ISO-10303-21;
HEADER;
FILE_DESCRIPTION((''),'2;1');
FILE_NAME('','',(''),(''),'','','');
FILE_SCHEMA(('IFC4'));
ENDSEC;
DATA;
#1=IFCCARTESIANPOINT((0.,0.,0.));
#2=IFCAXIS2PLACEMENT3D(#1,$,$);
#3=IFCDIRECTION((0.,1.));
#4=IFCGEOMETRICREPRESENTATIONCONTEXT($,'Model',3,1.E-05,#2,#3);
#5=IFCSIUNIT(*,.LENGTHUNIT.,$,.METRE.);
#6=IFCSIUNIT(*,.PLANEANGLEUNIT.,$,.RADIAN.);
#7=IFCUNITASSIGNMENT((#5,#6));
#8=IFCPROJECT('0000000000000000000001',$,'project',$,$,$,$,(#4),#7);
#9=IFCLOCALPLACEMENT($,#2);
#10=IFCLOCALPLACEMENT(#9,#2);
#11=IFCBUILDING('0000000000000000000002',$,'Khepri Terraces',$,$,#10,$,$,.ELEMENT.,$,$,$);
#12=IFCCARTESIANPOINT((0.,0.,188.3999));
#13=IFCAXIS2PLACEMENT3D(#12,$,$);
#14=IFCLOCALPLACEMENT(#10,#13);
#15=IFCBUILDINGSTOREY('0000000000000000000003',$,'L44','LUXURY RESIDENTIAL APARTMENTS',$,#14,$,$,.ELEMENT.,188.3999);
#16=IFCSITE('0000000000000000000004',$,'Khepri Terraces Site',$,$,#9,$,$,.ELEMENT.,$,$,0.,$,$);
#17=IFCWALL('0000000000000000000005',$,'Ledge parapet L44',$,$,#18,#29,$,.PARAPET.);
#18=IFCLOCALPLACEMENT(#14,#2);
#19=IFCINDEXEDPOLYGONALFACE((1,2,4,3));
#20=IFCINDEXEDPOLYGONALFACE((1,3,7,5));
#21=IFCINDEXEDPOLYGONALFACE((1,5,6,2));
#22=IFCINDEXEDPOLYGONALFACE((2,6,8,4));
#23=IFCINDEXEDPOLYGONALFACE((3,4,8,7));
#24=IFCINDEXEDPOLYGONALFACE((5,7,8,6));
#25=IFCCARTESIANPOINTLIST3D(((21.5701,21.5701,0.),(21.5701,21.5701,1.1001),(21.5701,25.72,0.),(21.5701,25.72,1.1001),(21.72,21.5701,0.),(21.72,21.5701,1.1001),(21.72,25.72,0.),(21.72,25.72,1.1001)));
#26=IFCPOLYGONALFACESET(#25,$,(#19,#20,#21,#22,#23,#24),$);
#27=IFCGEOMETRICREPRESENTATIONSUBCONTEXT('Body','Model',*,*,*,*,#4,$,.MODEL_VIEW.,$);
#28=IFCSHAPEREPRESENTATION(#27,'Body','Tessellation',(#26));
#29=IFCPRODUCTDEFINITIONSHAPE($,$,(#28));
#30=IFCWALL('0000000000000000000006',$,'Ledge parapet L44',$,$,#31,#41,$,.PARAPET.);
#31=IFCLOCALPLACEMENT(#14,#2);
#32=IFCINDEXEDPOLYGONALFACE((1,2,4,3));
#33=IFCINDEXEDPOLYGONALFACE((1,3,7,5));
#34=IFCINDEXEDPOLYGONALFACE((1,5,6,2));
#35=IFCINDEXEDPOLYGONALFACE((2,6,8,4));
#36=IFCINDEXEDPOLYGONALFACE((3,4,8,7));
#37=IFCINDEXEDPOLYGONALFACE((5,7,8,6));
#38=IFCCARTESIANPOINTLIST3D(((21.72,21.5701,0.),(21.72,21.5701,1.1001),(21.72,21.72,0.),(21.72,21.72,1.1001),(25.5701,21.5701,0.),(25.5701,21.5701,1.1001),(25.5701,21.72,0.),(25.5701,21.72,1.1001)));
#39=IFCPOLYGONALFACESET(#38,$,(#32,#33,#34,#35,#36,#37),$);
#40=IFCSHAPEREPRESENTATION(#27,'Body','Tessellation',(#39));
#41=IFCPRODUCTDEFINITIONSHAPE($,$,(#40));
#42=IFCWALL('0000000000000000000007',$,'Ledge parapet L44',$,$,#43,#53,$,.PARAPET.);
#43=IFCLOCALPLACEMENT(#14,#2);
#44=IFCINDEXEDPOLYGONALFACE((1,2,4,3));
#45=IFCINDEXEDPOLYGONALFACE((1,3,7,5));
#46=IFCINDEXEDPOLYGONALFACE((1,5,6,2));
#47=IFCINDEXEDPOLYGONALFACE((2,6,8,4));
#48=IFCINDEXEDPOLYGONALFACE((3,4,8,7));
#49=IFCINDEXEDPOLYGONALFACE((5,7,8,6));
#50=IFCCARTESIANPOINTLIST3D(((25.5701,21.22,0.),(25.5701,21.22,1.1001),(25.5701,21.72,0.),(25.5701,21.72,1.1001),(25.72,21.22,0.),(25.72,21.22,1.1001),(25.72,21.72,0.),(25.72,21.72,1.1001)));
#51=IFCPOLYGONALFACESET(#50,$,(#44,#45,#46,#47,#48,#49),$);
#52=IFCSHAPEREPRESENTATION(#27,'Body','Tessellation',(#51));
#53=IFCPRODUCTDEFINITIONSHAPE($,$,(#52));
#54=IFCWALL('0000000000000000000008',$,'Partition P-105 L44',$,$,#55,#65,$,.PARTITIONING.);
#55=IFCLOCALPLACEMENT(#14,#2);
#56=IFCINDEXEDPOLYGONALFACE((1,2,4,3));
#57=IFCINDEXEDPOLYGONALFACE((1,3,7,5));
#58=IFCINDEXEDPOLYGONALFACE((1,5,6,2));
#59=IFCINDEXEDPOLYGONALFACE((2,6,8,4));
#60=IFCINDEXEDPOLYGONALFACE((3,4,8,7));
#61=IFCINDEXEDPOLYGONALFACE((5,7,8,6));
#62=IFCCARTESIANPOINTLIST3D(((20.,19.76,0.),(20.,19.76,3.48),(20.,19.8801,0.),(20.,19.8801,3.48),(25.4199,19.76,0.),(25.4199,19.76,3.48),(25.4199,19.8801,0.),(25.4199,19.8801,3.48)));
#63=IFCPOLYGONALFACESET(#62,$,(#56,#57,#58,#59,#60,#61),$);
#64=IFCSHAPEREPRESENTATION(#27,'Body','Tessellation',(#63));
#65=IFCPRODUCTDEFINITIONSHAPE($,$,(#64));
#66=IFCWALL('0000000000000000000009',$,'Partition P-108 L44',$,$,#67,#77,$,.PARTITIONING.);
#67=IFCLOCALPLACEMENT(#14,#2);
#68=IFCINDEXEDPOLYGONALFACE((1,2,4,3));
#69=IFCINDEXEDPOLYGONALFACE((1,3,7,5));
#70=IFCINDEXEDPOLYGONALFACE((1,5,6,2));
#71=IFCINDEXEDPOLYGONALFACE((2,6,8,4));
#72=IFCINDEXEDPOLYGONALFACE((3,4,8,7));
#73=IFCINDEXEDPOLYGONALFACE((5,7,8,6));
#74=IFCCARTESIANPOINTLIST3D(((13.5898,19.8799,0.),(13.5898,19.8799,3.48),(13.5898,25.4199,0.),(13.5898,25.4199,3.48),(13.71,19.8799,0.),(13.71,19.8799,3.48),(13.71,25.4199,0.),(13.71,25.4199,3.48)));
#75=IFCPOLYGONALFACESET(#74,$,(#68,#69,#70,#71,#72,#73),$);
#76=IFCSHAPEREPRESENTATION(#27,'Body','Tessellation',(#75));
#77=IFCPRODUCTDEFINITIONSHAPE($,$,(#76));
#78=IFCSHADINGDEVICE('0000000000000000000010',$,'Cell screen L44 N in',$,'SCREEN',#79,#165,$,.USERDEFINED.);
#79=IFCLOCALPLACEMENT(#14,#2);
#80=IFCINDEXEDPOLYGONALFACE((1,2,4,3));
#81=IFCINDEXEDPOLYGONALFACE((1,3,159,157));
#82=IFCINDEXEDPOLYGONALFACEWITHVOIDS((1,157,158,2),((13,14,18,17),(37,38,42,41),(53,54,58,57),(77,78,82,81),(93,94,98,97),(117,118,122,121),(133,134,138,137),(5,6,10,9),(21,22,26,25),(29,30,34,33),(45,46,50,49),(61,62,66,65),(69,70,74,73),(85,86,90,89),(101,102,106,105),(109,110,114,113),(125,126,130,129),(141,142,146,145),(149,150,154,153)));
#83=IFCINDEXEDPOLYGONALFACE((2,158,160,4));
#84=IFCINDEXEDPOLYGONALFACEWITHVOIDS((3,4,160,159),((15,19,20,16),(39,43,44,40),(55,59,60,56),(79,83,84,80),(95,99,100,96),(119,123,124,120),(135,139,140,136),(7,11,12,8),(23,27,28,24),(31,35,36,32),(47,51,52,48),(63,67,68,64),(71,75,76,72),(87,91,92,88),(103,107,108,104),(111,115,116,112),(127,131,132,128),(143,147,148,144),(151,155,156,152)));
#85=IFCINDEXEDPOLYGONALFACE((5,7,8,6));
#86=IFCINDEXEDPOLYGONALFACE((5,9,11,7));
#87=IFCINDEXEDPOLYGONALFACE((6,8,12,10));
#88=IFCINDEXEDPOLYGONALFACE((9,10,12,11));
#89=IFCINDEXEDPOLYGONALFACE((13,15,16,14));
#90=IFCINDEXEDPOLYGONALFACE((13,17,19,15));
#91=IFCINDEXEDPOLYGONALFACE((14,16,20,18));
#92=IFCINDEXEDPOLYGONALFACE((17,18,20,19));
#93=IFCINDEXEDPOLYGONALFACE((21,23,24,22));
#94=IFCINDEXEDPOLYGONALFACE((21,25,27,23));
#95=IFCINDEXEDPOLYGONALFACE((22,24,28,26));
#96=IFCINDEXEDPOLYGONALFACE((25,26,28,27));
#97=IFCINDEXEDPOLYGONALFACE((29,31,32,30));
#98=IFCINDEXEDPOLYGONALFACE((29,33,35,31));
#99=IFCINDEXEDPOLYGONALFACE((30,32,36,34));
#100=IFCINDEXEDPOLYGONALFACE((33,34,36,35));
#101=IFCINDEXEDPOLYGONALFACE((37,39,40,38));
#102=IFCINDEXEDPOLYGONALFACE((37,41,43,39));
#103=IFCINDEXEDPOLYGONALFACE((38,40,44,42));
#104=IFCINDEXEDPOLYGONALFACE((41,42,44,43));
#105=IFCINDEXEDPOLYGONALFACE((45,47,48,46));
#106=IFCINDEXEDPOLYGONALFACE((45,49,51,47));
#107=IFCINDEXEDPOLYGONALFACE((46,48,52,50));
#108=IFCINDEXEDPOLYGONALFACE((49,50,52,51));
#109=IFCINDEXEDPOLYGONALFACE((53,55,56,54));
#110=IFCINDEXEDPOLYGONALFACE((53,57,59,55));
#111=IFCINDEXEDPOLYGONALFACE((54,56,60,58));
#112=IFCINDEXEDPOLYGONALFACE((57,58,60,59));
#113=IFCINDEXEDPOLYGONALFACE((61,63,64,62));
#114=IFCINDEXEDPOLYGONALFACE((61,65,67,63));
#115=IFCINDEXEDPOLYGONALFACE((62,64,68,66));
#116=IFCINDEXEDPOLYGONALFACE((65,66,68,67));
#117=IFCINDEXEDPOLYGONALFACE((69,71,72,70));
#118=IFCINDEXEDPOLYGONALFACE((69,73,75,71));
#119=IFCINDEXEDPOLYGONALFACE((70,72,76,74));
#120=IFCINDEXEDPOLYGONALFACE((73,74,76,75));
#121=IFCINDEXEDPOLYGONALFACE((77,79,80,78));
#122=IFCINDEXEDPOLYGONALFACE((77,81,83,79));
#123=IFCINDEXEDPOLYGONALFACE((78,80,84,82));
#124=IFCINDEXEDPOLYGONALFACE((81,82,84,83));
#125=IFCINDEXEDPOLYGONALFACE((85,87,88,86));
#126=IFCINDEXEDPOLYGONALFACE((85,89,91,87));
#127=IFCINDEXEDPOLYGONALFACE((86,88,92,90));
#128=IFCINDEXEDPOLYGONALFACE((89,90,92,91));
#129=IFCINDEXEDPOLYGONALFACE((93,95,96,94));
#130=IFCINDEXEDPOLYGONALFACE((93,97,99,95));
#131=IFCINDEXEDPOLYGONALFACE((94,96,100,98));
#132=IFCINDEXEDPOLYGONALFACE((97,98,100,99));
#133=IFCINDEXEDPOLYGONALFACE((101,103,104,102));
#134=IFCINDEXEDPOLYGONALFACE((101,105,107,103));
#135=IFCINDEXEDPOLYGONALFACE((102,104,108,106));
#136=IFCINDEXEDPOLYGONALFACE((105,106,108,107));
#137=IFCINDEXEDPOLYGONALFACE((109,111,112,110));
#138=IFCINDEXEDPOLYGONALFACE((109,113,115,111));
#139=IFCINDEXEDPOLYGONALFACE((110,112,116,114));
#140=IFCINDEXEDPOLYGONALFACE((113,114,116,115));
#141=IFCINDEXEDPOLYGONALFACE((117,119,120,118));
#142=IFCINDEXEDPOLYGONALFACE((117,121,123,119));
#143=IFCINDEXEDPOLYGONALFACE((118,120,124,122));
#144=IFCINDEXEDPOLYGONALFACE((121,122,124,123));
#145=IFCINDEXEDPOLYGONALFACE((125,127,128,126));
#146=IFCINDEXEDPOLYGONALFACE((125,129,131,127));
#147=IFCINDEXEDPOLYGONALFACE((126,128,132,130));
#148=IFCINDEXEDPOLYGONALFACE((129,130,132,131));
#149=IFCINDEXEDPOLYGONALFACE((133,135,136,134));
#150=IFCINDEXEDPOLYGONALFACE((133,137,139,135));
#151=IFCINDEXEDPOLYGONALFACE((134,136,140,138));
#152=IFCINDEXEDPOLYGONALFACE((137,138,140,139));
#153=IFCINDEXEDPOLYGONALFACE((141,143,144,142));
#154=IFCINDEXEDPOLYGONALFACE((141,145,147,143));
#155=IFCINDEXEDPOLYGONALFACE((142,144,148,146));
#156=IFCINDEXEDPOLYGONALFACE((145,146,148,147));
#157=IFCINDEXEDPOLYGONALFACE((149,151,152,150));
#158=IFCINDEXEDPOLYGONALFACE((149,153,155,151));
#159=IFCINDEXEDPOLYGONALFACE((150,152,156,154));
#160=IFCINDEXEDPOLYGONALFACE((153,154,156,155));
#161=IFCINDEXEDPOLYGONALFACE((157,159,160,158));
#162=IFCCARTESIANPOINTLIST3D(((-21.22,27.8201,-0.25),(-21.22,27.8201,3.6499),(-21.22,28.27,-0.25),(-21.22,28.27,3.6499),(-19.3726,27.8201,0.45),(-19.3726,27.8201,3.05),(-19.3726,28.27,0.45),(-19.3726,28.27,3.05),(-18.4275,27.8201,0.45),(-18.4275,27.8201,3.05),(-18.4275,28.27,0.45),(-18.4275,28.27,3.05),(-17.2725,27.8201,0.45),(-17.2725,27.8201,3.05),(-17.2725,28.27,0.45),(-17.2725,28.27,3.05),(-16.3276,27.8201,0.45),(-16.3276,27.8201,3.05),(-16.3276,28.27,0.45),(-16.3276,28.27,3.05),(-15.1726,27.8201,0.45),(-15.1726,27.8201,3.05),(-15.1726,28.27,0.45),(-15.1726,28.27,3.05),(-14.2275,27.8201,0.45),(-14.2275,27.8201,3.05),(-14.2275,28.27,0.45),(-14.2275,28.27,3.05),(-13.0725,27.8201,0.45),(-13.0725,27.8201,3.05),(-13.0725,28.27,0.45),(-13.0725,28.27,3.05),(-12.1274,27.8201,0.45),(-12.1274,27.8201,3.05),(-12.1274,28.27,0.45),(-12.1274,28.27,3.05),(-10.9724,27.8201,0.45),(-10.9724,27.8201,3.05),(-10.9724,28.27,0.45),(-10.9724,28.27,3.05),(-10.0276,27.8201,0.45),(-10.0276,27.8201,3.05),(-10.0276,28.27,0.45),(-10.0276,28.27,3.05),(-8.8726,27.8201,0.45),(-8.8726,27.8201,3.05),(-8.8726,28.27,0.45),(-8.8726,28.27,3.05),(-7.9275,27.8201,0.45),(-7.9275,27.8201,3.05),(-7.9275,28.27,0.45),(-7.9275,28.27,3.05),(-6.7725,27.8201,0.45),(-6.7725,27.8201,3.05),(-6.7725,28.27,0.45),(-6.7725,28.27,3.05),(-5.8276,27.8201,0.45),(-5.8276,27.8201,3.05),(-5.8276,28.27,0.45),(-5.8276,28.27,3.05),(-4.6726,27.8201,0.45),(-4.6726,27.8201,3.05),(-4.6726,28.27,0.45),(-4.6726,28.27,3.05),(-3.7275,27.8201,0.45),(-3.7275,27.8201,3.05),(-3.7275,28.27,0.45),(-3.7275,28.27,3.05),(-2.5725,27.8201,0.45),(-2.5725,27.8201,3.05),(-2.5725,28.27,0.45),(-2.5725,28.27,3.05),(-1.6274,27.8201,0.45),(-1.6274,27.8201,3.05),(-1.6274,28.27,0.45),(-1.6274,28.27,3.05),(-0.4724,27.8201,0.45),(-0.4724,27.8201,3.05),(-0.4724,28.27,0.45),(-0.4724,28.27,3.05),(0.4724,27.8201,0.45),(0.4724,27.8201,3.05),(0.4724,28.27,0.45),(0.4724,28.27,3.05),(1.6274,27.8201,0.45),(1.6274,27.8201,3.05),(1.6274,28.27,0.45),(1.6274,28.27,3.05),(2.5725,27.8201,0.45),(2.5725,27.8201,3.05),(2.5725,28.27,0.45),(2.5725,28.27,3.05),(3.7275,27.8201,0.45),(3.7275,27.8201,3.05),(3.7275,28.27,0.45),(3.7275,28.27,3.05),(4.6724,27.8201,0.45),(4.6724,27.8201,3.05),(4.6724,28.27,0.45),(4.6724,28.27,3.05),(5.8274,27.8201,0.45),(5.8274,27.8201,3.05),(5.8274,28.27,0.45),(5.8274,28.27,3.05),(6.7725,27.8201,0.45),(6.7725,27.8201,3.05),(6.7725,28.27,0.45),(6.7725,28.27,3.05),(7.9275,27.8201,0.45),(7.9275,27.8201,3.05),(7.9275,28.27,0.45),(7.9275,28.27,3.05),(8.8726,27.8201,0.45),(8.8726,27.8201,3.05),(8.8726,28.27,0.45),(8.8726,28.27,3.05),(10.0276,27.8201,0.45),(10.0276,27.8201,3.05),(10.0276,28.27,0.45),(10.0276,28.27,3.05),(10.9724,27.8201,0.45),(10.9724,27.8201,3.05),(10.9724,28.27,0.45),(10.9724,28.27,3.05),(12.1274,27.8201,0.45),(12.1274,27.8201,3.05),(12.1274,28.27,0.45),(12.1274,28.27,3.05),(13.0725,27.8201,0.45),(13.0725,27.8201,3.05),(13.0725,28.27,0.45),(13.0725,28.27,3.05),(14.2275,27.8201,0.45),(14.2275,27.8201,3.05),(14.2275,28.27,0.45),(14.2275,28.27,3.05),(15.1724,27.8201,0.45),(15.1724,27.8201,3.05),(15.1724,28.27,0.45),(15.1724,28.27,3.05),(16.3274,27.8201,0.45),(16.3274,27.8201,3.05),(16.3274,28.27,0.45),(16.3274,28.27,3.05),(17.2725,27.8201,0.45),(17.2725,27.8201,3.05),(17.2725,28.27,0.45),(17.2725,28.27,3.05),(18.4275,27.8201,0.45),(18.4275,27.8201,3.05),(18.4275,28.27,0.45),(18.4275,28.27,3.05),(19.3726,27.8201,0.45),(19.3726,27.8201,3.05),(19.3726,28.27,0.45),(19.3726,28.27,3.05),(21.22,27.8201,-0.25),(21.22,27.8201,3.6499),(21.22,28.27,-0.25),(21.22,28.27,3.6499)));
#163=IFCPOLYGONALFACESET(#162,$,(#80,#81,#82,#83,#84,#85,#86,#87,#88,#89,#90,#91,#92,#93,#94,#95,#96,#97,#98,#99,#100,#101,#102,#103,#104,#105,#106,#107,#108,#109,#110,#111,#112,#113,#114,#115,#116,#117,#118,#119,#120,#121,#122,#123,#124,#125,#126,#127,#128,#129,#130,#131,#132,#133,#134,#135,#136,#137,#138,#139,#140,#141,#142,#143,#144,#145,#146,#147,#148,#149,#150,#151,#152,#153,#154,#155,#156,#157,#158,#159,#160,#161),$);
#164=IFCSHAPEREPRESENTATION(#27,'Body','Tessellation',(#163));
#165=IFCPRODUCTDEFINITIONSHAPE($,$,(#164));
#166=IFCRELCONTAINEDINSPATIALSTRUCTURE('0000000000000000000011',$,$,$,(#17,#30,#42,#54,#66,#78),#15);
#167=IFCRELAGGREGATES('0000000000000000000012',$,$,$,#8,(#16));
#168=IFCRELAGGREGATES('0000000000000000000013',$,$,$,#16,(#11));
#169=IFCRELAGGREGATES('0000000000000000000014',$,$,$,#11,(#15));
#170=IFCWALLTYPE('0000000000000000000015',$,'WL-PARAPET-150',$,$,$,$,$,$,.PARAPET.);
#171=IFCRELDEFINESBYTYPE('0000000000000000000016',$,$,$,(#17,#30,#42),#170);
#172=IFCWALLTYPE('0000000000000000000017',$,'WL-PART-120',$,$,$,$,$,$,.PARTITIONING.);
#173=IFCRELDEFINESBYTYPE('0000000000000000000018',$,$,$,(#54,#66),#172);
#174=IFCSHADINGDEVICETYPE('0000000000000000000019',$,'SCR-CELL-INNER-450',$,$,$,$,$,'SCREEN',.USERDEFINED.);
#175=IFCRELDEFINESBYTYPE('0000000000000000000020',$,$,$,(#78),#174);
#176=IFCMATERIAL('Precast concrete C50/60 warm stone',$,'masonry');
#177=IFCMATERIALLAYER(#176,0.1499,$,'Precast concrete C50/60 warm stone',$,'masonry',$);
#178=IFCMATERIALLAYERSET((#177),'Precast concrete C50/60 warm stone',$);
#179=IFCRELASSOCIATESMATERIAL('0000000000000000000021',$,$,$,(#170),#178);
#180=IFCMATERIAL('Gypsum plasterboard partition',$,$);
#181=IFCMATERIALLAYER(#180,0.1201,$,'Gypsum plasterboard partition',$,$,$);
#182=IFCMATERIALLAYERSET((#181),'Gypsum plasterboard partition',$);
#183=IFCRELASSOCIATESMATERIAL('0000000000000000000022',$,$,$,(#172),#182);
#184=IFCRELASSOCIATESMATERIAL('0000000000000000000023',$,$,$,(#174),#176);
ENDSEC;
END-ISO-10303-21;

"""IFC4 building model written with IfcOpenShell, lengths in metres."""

from ifc_helpers import new_model, si_unit, direction, frame, frame_2d, origin, place, context, subcontext, project, spatial, polyline, rectangle, outline, extrude, material, layer, layer_set, type_object, element, save


model = new_model("IFC4")

# Units and contexts
model_context = context("Model", 3, precision=1e-05, world=origin(), true_north=direction((0.0, 1.0)))
body_context = subcontext(model_context, "Body", "Model", "MODEL_VIEW")
ifc_project = project(units=[si_unit("LENGTHUNIT", "METRE"), si_unit("PLANEANGLEUNIT", "RADIAN")], contexts=[model_context])

# Site, building, storey
site_placement = place(None, origin())
site = spatial("IfcSite", under=ifc_project, at=site_placement, Name="Khepri Terraces Site", CompositionType="ELEMENT", RefElevation=0.0)
building_placement = place(site_placement, origin())
building = spatial("IfcBuilding", under=site, at=building_placement, Name="Khepri Terraces", CompositionType="ELEMENT")
storey_placement = place(building_placement, frame((0.0, 0.0, 188.3999)))
storey = spatial("IfcBuildingStorey", under=building, at=storey_placement, Name="L44", Description="LUXURY RESIDENTIAL APARTMENTS", CompositionType="ELEMENT", Elevation=188.3999)

# Shared definitions
ifc_material_1 = material(Name="Precast concrete C50/60 warm stone", Category="masonry")

# Walls
ifc_layer_1 = layer(ifc_material_1, 0.1499, Name="Precast concrete C50/60 warm stone", Category="masonry")
ifc_layer_set_1 = layer_set([ifc_layer_1], Name="Precast concrete C50/60 warm stone")
wall_type_1 = type_object("IfcWallType", Name="WL-PARAPET-150", PredefinedType="PARAPET", material=ifc_layer_set_1)
wall_1_placement = place(storey_placement, frame((21.645, 21.5701, 0.0), z_axis=(0.0, 0.0, 1.0), x_axis=(0.0, 1.0, 0.0)))
element("IfcWall", 1, at=wall_1_placement, inside=storey, type_object=wall_type_1, Name="Ledge parapet L44", PredefinedType="PARAPET", context=body_context, shape_type="SweptSolid", body=[
    extrude(rectangle(XDim=4.1499, YDim=0.1499, at=frame_2d((2.075, 0.0))), origin(), (0.0, 0.0, 1.0), 1.1001),
])
wall_2_placement = place(storey_placement, frame((21.72, 21.645, 0.0), z_axis=(0.0, 0.0, 1.0), x_axis=(1.0, 0.0, 0.0)))
element("IfcWall", 2, at=wall_2_placement, inside=storey, type_object=wall_type_1, Name="Ledge parapet L44", PredefinedType="PARAPET", context=body_context, shape_type="SweptSolid", body=[
    extrude(rectangle(XDim=3.8501, YDim=0.1499, at=frame_2d((1.925, 0.0))), origin(), (0.0, 0.0, 1.0), 1.1001),
])
wall_3_placement = place(storey_placement, frame((25.645, 21.22, 0.0), z_axis=(0.0, 0.0, 1.0), x_axis=(0.0, 1.0, 0.0)))
element("IfcWall", 3, at=wall_3_placement, inside=storey, type_object=wall_type_1, Name="Ledge parapet L44", PredefinedType="PARAPET", context=body_context, shape_type="SweptSolid", body=[
    extrude(rectangle(XDim=0.5, YDim=0.1499, at=frame_2d((0.25, 0.0))), origin(), (0.0, 0.0, 1.0), 1.1001),
])
ifc_material_2 = material(Name="Gypsum plasterboard partition")
ifc_layer_2 = layer(ifc_material_2, 0.1201, Name="Gypsum plasterboard partition")
ifc_layer_set_2 = layer_set([ifc_layer_2], Name="Gypsum plasterboard partition")
wall_type_2 = type_object("IfcWallType", Name="WL-PART-120", PredefinedType="PARTITIONING", material=ifc_layer_set_2)
wall_4_placement = place(storey_placement, frame((20.0, 19.8201, 0.0), z_axis=(0.0, 0.0, 1.0), x_axis=(1.0, 0.0, 0.0)))
element("IfcWall", 4, at=wall_4_placement, inside=storey, type_object=wall_type_2, Name="Partition P-105 L44", PredefinedType="PARTITIONING", context=body_context, shape_type="SweptSolid", body=[
    extrude(rectangle(XDim=5.4199, YDim=0.1201, at=frame_2d((2.71, 0.0))), origin(), (0.0, 0.0, 1.0), 3.48),
])
wall_5_placement = place(storey_placement, frame((13.6499, 19.8799, 0.0), z_axis=(0.0, 0.0, 1.0), x_axis=(0.0, 1.0, 0.0)))
element("IfcWall", 5, at=wall_5_placement, inside=storey, type_object=wall_type_2, Name="Partition P-108 L44", PredefinedType="PARTITIONING", context=body_context, shape_type="SweptSolid", body=[
    extrude(rectangle(XDim=5.54, YDim=0.1201, at=frame_2d((2.77, 0.0))), origin(), (0.0, 0.0, 1.0), 3.48),
])

# Shading device
shading_device_type_1 = type_object("IfcShadingDeviceType", Name="SCR-CELL-INNER-450", ElementType="SCREEN", PredefinedType="USERDEFINED", material=ifc_material_1)
shading_device_1_placement = place(storey_placement, frame((21.22, 27.8201, -0.25), z_axis=(0.0, 1.0, 0.0), x_axis=(-1.0, 0.0, 0.0)))
element("IfcShadingDevice", 6, at=shading_device_1_placement, inside=storey, type_object=shading_device_type_1, Name="Cell screen L44 N in", ObjectType="SCREEN", PredefinedType="USERDEFINED", context=body_context, shape_type="SweptSolid", body=[
    extrude(outline(polyline([(0.0, 0.0), (42.4399, 0.0), (42.4399, 3.8999), (0.0, 3.8999), (0.0, 0.0)]), holes=[polyline([(1.8474, 0.7), (2.7925, 0.7), (2.7925, 3.3), (1.8474, 3.3), (1.8474, 0.7)]), polyline([(3.9475, 0.7), (4.8926, 0.7), (4.8926, 3.3), (3.9475, 3.3), (3.9475, 0.7)]), polyline([(6.0476, 0.7), (6.9924, 0.7), (6.9924, 3.3), (6.0476, 3.3), (6.0476, 0.7)]), polyline([(8.1475, 0.7), (9.0925, 0.7), (9.0925, 3.3), (8.1475, 3.3), (8.1475, 0.7)]), polyline([(10.2476, 0.7), (11.1924, 0.7), (11.1924, 3.3), (10.2476, 3.3), (10.2476, 0.7)]), polyline([(12.3474, 0.7), (13.2925, 0.7), (13.2925, 3.3), (12.3474, 3.3), (12.3474, 0.7)]), polyline([(14.4475, 0.7), (15.3926, 0.7), (15.3926, 3.3), (14.4475, 3.3), (14.4475, 0.7)]), polyline([(16.5476, 0.7), (17.4924, 0.7), (17.4924, 3.3), (16.5476, 3.3), (16.5476, 0.7)]), polyline([(18.6475, 0.7), (19.5925, 0.7), (19.5925, 3.3), (18.6475, 3.3), (18.6475, 0.7)]), polyline([(20.7476, 0.7), (21.6924, 0.7), (21.6924, 3.3), (20.7476, 3.3), (20.7476, 0.7)]), polyline([(22.8474, 0.7), (23.7925, 0.7), (23.7925, 3.3), (22.8474, 3.3), (22.8474, 0.7)]), polyline([(24.9475, 0.7), (25.8926, 0.7), (25.8926, 3.3), (24.9475, 3.3), (24.9475, 0.7)]), polyline([(27.0476, 0.7), (27.9924, 0.7), (27.9924, 3.3), (27.0476, 3.3), (27.0476, 0.7)]), polyline([(29.1475, 0.7), (30.0925, 0.7), (30.0925, 3.3), (29.1475, 3.3), (29.1475, 0.7)]), polyline([(31.2476, 0.7), (32.1924, 0.7), (32.1924, 3.3), (31.2476, 3.3), (31.2476, 0.7)]), polyline([(33.3474, 0.7), (34.2925, 0.7), (34.2925, 3.3), (33.3474, 3.3), (33.3474, 0.7)]), polyline([(35.4475, 0.7), (36.3926, 0.7), (36.3926, 3.3), (35.4475, 3.3), (35.4475, 0.7)]), polyline([(37.5476, 0.7), (38.4924, 0.7), (38.4924, 3.3), (37.5476, 3.3), (37.5476, 0.7)]), polyline([(39.6475, 0.7), (40.5925, 0.7), (40.5925, 3.3), (39.6475, 3.3), (39.6475, 0.7)])]), origin(), (0.0, 0.0, 1.0), 0.45),
])

save(model, "model.ifc")
